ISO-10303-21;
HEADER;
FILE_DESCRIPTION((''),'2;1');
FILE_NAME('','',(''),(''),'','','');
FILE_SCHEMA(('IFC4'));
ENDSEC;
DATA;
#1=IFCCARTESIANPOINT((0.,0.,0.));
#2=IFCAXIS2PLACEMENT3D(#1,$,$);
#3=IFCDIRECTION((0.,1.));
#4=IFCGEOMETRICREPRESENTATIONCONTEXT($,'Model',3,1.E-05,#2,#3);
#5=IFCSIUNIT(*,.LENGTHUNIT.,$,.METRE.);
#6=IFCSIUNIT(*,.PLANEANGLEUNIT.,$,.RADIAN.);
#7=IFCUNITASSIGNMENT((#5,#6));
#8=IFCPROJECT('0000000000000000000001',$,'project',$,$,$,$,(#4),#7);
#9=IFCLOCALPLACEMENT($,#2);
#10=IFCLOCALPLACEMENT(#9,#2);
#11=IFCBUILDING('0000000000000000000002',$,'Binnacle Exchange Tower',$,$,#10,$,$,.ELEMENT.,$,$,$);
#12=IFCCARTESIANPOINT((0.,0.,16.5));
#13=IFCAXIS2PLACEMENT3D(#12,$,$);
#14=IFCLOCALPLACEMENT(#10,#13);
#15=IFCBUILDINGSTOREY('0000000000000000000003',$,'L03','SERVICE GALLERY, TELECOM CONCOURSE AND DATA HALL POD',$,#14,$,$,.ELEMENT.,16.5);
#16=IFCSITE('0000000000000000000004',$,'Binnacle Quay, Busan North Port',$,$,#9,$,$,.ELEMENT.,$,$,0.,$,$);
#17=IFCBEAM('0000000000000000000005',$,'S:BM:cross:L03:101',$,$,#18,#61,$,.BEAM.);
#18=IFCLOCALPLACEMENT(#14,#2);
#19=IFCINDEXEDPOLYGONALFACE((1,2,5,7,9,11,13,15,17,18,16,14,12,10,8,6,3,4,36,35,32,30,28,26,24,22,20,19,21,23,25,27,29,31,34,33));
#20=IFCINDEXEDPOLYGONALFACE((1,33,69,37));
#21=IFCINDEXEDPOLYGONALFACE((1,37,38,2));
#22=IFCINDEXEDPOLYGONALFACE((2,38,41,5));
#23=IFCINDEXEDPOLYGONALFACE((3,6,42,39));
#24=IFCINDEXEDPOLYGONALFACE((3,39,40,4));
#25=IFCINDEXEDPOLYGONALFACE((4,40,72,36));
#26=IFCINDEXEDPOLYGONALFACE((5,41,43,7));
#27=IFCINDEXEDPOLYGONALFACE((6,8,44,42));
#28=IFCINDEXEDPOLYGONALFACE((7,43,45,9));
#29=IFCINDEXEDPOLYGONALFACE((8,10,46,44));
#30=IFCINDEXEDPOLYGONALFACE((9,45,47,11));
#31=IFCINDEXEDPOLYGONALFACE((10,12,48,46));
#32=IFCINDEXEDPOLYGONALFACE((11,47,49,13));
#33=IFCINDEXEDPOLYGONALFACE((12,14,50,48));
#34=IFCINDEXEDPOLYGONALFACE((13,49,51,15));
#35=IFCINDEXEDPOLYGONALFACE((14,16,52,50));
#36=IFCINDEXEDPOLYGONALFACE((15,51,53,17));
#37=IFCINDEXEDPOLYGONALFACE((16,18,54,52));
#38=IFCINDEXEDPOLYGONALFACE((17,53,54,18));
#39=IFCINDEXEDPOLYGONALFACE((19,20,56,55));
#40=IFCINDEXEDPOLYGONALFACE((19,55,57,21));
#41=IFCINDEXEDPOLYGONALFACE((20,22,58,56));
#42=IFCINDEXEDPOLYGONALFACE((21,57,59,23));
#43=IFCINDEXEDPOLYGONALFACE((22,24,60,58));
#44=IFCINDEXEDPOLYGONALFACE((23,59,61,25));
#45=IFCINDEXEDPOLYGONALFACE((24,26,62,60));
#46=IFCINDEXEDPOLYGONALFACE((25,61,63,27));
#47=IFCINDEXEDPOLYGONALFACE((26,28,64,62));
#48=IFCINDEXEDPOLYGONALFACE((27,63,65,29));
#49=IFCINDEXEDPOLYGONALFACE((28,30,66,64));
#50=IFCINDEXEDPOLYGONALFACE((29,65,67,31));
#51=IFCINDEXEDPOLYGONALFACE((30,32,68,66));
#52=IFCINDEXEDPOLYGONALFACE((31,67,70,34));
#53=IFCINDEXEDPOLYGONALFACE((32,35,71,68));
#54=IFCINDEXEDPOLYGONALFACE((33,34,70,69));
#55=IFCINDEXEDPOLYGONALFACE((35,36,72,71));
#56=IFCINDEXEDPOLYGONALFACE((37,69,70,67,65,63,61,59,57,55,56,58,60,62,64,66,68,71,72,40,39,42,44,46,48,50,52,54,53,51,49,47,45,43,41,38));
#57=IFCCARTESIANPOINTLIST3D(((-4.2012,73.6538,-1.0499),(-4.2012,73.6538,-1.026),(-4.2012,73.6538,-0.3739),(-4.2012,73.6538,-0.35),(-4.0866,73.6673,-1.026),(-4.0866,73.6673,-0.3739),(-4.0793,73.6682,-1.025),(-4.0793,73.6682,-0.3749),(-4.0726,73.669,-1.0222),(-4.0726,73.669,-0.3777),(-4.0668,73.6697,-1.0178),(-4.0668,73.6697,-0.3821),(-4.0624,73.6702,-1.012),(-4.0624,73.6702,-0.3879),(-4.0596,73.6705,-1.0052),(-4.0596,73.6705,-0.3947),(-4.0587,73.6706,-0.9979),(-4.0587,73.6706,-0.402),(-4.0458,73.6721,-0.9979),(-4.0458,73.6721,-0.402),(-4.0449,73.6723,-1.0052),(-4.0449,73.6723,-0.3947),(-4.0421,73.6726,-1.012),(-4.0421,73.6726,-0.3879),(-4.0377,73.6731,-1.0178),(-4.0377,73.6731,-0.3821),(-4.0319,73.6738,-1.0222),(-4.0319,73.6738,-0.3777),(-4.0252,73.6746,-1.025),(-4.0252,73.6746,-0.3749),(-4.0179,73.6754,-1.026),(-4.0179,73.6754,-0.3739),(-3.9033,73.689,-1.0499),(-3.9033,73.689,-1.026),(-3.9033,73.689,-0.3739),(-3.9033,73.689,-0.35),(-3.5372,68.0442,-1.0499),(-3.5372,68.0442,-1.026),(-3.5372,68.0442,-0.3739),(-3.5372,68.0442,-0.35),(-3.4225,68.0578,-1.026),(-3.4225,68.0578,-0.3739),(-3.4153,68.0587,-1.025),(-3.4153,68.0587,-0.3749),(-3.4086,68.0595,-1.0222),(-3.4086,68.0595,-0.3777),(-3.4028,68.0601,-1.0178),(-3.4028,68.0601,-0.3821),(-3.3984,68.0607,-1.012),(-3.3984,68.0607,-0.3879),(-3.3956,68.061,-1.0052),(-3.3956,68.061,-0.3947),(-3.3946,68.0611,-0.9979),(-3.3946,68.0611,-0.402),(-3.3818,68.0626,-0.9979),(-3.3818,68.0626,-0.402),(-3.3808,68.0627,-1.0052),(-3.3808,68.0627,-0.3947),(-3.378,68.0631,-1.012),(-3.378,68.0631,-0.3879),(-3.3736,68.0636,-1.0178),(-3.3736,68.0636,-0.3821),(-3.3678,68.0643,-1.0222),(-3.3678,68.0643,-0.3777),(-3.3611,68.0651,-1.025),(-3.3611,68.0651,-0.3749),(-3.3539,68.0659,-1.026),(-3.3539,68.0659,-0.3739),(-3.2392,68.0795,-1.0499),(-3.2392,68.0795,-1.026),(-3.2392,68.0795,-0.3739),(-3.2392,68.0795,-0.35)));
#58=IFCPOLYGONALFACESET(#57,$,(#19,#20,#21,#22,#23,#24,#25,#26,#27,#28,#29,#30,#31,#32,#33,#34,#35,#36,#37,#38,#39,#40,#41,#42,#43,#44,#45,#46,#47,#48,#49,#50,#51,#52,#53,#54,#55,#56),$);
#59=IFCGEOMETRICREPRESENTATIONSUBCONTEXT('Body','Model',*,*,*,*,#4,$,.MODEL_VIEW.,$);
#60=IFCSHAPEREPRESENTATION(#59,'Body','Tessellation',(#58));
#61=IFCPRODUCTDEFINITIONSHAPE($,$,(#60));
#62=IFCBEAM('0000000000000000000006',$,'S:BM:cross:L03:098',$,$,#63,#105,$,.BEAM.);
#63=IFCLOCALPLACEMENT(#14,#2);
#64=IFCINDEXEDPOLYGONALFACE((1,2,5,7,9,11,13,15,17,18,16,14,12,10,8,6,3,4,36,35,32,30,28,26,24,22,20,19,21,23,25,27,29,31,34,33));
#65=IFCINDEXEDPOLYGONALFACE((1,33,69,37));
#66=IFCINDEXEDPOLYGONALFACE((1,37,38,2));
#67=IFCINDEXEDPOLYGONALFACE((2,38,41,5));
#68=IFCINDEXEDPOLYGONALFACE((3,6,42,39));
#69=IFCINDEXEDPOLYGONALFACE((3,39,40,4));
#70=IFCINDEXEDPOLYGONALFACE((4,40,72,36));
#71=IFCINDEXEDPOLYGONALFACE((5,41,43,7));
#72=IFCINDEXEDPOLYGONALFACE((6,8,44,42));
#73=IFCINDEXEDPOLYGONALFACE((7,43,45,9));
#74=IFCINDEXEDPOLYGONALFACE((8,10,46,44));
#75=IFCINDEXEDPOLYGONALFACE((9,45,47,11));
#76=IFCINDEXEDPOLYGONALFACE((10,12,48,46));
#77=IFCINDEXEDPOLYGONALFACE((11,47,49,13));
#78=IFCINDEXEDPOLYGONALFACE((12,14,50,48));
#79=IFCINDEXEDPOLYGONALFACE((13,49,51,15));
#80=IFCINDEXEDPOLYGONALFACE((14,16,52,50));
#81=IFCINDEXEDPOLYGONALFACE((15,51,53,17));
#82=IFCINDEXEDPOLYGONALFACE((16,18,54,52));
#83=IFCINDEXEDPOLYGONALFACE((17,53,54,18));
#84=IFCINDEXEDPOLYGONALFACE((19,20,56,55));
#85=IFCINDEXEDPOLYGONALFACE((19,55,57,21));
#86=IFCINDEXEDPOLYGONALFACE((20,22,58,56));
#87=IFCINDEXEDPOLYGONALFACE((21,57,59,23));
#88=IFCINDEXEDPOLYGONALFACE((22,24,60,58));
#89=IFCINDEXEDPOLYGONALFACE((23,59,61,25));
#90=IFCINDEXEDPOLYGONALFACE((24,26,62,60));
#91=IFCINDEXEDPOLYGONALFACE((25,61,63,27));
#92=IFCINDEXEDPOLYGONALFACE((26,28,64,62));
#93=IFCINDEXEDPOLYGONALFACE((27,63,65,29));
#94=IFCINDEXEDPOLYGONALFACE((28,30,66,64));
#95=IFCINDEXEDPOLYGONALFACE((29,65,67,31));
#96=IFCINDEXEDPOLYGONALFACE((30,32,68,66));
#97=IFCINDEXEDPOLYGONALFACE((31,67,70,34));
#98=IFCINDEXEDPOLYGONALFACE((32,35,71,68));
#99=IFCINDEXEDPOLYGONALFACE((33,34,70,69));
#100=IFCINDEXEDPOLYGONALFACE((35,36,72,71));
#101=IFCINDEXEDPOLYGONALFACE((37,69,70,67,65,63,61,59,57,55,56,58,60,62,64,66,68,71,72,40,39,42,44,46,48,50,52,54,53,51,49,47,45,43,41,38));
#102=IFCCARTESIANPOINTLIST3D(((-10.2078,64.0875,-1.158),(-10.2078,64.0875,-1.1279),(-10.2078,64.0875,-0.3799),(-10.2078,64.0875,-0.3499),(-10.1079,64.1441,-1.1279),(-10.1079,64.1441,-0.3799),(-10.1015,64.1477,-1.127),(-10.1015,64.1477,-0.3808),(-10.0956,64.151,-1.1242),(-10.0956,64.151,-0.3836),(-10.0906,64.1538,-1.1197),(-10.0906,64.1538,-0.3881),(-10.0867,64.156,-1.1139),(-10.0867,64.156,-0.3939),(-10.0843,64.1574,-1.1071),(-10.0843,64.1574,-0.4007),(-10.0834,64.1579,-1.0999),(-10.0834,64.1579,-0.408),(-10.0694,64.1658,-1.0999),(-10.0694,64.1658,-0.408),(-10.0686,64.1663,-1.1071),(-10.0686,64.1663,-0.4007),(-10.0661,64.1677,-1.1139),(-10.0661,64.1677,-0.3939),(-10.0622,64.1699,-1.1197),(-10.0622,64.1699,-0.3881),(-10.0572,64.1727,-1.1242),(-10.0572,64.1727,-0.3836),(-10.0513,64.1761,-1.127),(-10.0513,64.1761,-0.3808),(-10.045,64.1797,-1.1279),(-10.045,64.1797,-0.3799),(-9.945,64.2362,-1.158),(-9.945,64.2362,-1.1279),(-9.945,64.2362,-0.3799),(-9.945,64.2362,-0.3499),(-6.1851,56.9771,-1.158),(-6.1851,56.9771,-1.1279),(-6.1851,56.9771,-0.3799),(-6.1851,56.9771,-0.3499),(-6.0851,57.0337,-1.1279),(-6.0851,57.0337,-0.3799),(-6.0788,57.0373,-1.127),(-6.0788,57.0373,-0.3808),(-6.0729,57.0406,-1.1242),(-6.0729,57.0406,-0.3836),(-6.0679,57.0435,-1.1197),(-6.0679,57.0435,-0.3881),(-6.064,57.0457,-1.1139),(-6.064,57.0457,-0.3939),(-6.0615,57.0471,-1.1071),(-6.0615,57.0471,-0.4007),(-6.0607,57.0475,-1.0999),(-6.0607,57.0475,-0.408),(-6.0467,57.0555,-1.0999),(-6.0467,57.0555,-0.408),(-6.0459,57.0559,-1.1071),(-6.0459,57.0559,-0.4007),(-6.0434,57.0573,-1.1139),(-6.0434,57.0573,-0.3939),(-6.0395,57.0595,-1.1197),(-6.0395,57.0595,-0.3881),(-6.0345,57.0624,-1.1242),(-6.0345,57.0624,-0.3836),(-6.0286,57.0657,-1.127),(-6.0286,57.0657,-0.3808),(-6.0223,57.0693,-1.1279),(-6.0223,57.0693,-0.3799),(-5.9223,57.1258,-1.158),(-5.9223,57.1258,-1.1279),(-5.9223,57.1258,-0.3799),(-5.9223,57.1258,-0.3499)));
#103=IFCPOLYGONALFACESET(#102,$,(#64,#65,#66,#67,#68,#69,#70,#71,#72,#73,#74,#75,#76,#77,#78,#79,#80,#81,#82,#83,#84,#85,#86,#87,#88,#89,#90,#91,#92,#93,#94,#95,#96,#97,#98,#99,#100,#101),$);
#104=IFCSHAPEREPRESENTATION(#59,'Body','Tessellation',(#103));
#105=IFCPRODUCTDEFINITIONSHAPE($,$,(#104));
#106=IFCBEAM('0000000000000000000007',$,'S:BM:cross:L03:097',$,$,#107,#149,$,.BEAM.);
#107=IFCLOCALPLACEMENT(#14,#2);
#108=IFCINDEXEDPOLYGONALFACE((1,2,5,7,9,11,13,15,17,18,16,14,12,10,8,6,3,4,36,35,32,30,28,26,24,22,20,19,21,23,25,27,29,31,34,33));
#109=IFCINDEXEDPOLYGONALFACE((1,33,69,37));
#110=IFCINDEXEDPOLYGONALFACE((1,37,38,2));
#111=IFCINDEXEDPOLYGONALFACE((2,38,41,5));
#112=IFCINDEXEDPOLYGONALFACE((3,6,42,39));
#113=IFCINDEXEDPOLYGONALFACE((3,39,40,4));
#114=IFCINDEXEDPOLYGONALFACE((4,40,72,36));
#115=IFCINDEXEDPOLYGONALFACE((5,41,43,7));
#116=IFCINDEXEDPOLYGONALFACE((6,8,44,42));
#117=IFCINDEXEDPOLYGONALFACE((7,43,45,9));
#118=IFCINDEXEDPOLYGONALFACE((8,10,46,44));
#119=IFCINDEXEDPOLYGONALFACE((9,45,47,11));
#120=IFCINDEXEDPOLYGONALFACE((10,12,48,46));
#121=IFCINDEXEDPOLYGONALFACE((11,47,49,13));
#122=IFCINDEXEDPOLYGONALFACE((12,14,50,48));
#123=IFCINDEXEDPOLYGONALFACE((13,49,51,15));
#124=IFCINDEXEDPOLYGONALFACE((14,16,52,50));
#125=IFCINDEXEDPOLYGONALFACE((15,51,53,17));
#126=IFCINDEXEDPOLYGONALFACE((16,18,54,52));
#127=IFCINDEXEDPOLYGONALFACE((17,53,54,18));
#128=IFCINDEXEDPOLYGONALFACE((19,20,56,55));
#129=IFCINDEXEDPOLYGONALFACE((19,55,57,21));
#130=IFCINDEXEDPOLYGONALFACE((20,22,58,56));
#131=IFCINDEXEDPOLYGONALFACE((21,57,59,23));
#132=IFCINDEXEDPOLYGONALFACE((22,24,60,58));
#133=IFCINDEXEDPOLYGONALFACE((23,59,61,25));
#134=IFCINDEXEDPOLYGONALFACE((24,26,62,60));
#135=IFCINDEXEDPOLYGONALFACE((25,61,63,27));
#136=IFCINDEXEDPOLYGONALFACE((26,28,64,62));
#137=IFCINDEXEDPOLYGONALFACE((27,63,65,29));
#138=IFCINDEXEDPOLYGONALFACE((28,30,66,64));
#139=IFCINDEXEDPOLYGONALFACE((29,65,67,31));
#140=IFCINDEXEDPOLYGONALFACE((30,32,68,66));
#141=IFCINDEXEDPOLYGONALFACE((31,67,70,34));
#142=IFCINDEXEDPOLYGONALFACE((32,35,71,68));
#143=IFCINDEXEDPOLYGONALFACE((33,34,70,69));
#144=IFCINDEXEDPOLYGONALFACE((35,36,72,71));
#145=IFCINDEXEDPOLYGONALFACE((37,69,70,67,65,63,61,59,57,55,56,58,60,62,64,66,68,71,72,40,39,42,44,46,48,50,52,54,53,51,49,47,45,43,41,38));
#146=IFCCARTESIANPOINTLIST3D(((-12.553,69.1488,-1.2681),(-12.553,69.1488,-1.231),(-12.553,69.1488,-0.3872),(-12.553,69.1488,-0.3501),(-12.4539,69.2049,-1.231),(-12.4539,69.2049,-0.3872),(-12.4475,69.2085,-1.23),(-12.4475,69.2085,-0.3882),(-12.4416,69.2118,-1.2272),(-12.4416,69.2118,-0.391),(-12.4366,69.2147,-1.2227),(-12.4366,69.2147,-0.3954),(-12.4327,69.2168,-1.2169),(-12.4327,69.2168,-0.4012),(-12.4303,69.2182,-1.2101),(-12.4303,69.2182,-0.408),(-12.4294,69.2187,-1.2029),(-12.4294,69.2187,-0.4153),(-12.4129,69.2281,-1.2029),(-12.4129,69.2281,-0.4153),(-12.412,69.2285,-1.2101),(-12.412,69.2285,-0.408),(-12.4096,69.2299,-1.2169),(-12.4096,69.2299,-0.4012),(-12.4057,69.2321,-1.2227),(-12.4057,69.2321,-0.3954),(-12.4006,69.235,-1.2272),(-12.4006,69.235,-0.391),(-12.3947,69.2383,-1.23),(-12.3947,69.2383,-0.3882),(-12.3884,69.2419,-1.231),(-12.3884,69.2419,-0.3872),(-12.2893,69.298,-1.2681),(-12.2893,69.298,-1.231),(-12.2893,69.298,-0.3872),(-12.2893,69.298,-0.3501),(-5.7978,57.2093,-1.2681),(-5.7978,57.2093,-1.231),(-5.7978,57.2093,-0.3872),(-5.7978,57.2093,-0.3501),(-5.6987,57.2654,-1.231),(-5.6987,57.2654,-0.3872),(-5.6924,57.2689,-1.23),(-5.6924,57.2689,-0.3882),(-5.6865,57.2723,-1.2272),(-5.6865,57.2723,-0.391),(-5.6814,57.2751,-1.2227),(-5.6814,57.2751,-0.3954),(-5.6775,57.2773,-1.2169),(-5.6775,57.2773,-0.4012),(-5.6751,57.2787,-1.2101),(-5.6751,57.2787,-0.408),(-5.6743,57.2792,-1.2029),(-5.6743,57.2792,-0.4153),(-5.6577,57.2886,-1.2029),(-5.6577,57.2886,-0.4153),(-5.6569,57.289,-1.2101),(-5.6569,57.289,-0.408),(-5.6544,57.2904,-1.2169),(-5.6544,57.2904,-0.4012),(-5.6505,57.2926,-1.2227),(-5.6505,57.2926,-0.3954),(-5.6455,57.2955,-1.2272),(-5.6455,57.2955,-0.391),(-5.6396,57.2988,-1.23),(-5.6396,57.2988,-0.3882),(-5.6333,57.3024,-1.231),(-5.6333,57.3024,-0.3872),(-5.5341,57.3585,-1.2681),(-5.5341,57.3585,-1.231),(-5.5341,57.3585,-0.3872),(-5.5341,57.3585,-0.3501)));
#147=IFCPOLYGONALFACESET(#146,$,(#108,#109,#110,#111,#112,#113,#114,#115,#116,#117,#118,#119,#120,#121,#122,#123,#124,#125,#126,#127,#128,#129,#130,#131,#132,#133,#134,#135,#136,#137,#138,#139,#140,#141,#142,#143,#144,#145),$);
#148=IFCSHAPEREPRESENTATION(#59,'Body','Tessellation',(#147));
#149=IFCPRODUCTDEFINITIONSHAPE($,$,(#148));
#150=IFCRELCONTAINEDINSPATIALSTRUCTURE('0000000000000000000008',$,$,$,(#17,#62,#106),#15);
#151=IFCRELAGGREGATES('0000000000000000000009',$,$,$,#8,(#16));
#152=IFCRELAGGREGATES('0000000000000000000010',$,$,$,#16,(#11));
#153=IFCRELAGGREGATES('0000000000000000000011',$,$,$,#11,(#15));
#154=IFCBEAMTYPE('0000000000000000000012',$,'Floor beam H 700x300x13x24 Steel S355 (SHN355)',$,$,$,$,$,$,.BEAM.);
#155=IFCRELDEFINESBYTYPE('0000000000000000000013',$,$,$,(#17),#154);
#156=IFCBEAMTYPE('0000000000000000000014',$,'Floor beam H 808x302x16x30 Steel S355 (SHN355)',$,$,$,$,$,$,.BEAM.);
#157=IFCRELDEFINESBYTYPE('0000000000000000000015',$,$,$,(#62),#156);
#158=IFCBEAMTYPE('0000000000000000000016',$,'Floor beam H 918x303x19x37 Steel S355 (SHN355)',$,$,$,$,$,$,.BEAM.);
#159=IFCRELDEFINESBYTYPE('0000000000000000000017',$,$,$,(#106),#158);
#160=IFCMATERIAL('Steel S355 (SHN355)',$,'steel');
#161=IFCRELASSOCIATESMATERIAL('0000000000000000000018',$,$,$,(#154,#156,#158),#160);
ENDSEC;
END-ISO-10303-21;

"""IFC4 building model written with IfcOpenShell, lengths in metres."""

from ifc_helpers import new_model, si_unit, direction, frame, origin, origin_2d, place, context, subcontext, project, spatial, i_section, extrude, material, material_profile, profile_set, type_object, element, save


model = new_model("IFC4")

# Units and contexts
model_context = context("Model", 3, precision=1e-05, world=origin(), true_north=direction((0.0, 1.0)))
body_context = subcontext(model_context, "Body", "Model", "MODEL_VIEW")
ifc_project = project(units=[si_unit("LENGTHUNIT", "METRE"), si_unit("PLANEANGLEUNIT", "RADIAN")], contexts=[model_context])

# Site, building, storey
site_placement = place(None, origin())
site = spatial("IfcSite", under=ifc_project, at=site_placement, Name="Binnacle Quay, Busan North Port", CompositionType="ELEMENT", RefElevation=0.0)
building_placement = place(site_placement, origin())
building = spatial("IfcBuilding", under=site, at=building_placement, Name="Binnacle Exchange Tower", CompositionType="ELEMENT")
storey_placement = place(building_placement, frame((0.0, 0.0, 16.5)))
storey = spatial("IfcBuildingStorey", under=building, at=storey_placement, Name="L03", Description="SERVICE GALLERY, TELECOM CONCOURSE AND DATA HALL POD", CompositionType="ELEMENT", Elevation=16.5)

# Beams
ifc_material_1 = material(Name="Steel S355 (SHN355)", Category="steel")
ifc_material_profile_1 = material_profile(ifc_material_1, i_section(OverallWidth=0.3, OverallDepth=0.7, WebThickness=0.0129, FlangeThickness=0.0239, FilletRadius=0.0281, at=origin_2d()), Name="H 700x300x13x24")
ifc_profile_set_1 = profile_set([ifc_material_profile_1], Name="Steel S355 (SHN355)")
beam_type_1 = type_object("IfcBeamType", Name="Floor beam H 700x300x13x24 Steel S355 (SHN355)", PredefinedType="BEAM", material=ifc_profile_set_1)
beam_1_placement = place(storey_placement, frame((-4.0522, 73.6714, -0.7), z_axis=(0.117558, -0.993066, 0.0), x_axis=(0.993066, 0.117558, 0.0)))
element("IfcBeam", 1, at=beam_1_placement, inside=storey, type_object=beam_type_1, Name="S:BM:cross:L03:101", PredefinedType="BEAM", context=body_context, shape_type="SweptSolid", body=[
    extrude(i_section(OverallWidth=0.3, OverallDepth=0.7, WebThickness=0.0129, FlangeThickness=0.0239, FilletRadius=0.0281, at=origin_2d()), origin(), (0.0, 0.0, 1.0), 5.6487),
])
ifc_material_profile_2 = material_profile(ifc_material_1, i_section(OverallWidth=0.302, OverallDepth=0.8081, WebThickness=0.0161, FlangeThickness=0.03, FilletRadius=0.0281, at=origin_2d()), Name="H 808x302x16x30")
ifc_profile_set_2 = profile_set([ifc_material_profile_2], Name="Steel S355 (SHN355)")
beam_type_2 = type_object("IfcBeamType", Name="Floor beam H 808x302x16x30 Steel S355 (SHN355)", PredefinedType="BEAM", material=ifc_profile_set_2)
beam_2_placement = place(storey_placement, frame((-10.0764, 64.1619, -0.7539), z_axis=(0.492411, -0.870363, 0.0), x_axis=(0.870363, 0.492411, 0.0)))
element("IfcBeam", 2, at=beam_2_placement, inside=storey, type_object=beam_type_2, Name="S:BM:cross:L03:098", PredefinedType="BEAM", context=body_context, shape_type="SweptSolid", body=[
    extrude(i_section(OverallWidth=0.302, OverallDepth=0.8081, WebThickness=0.0161, FlangeThickness=0.03, FilletRadius=0.0281, at=origin_2d()), origin(), (0.0, 0.0, 1.0), 8.1694),
])
ifc_material_profile_3 = material_profile(ifc_material_1, i_section(OverallWidth=0.303, OverallDepth=0.918, WebThickness=0.019, FlangeThickness=0.0371, FilletRadius=0.0281, at=origin_2d()), Name="H 918x303x19x37")
ifc_profile_set_3 = profile_set([ifc_material_profile_3], Name="Steel S355 (SHN355)")
beam_type_3 = type_object("IfcBeamType", Name="Floor beam H 918x303x19x37 Steel S355 (SHN355)", PredefinedType="BEAM", material=ifc_profile_set_3)
beam_3_placement = place(storey_placement, frame((-12.4211, 69.2234, -0.8091), z_axis=(0.49243, -0.870352, 0.0), x_axis=(0.870352, 0.49243, 0.0)))
element("IfcBeam", 3, at=beam_3_placement, inside=storey, type_object=beam_type_3, Name="S:BM:cross:L03:097", PredefinedType="BEAM", context=body_context, shape_type="SweptSolid", body=[
    extrude(i_section(OverallWidth=0.303, OverallDepth=0.918, WebThickness=0.019, FlangeThickness=0.0371, FilletRadius=0.0281, at=origin_2d()), origin(), (0.0, 0.0, 1.0), 13.718),
])

save(model, "model.ifc")
